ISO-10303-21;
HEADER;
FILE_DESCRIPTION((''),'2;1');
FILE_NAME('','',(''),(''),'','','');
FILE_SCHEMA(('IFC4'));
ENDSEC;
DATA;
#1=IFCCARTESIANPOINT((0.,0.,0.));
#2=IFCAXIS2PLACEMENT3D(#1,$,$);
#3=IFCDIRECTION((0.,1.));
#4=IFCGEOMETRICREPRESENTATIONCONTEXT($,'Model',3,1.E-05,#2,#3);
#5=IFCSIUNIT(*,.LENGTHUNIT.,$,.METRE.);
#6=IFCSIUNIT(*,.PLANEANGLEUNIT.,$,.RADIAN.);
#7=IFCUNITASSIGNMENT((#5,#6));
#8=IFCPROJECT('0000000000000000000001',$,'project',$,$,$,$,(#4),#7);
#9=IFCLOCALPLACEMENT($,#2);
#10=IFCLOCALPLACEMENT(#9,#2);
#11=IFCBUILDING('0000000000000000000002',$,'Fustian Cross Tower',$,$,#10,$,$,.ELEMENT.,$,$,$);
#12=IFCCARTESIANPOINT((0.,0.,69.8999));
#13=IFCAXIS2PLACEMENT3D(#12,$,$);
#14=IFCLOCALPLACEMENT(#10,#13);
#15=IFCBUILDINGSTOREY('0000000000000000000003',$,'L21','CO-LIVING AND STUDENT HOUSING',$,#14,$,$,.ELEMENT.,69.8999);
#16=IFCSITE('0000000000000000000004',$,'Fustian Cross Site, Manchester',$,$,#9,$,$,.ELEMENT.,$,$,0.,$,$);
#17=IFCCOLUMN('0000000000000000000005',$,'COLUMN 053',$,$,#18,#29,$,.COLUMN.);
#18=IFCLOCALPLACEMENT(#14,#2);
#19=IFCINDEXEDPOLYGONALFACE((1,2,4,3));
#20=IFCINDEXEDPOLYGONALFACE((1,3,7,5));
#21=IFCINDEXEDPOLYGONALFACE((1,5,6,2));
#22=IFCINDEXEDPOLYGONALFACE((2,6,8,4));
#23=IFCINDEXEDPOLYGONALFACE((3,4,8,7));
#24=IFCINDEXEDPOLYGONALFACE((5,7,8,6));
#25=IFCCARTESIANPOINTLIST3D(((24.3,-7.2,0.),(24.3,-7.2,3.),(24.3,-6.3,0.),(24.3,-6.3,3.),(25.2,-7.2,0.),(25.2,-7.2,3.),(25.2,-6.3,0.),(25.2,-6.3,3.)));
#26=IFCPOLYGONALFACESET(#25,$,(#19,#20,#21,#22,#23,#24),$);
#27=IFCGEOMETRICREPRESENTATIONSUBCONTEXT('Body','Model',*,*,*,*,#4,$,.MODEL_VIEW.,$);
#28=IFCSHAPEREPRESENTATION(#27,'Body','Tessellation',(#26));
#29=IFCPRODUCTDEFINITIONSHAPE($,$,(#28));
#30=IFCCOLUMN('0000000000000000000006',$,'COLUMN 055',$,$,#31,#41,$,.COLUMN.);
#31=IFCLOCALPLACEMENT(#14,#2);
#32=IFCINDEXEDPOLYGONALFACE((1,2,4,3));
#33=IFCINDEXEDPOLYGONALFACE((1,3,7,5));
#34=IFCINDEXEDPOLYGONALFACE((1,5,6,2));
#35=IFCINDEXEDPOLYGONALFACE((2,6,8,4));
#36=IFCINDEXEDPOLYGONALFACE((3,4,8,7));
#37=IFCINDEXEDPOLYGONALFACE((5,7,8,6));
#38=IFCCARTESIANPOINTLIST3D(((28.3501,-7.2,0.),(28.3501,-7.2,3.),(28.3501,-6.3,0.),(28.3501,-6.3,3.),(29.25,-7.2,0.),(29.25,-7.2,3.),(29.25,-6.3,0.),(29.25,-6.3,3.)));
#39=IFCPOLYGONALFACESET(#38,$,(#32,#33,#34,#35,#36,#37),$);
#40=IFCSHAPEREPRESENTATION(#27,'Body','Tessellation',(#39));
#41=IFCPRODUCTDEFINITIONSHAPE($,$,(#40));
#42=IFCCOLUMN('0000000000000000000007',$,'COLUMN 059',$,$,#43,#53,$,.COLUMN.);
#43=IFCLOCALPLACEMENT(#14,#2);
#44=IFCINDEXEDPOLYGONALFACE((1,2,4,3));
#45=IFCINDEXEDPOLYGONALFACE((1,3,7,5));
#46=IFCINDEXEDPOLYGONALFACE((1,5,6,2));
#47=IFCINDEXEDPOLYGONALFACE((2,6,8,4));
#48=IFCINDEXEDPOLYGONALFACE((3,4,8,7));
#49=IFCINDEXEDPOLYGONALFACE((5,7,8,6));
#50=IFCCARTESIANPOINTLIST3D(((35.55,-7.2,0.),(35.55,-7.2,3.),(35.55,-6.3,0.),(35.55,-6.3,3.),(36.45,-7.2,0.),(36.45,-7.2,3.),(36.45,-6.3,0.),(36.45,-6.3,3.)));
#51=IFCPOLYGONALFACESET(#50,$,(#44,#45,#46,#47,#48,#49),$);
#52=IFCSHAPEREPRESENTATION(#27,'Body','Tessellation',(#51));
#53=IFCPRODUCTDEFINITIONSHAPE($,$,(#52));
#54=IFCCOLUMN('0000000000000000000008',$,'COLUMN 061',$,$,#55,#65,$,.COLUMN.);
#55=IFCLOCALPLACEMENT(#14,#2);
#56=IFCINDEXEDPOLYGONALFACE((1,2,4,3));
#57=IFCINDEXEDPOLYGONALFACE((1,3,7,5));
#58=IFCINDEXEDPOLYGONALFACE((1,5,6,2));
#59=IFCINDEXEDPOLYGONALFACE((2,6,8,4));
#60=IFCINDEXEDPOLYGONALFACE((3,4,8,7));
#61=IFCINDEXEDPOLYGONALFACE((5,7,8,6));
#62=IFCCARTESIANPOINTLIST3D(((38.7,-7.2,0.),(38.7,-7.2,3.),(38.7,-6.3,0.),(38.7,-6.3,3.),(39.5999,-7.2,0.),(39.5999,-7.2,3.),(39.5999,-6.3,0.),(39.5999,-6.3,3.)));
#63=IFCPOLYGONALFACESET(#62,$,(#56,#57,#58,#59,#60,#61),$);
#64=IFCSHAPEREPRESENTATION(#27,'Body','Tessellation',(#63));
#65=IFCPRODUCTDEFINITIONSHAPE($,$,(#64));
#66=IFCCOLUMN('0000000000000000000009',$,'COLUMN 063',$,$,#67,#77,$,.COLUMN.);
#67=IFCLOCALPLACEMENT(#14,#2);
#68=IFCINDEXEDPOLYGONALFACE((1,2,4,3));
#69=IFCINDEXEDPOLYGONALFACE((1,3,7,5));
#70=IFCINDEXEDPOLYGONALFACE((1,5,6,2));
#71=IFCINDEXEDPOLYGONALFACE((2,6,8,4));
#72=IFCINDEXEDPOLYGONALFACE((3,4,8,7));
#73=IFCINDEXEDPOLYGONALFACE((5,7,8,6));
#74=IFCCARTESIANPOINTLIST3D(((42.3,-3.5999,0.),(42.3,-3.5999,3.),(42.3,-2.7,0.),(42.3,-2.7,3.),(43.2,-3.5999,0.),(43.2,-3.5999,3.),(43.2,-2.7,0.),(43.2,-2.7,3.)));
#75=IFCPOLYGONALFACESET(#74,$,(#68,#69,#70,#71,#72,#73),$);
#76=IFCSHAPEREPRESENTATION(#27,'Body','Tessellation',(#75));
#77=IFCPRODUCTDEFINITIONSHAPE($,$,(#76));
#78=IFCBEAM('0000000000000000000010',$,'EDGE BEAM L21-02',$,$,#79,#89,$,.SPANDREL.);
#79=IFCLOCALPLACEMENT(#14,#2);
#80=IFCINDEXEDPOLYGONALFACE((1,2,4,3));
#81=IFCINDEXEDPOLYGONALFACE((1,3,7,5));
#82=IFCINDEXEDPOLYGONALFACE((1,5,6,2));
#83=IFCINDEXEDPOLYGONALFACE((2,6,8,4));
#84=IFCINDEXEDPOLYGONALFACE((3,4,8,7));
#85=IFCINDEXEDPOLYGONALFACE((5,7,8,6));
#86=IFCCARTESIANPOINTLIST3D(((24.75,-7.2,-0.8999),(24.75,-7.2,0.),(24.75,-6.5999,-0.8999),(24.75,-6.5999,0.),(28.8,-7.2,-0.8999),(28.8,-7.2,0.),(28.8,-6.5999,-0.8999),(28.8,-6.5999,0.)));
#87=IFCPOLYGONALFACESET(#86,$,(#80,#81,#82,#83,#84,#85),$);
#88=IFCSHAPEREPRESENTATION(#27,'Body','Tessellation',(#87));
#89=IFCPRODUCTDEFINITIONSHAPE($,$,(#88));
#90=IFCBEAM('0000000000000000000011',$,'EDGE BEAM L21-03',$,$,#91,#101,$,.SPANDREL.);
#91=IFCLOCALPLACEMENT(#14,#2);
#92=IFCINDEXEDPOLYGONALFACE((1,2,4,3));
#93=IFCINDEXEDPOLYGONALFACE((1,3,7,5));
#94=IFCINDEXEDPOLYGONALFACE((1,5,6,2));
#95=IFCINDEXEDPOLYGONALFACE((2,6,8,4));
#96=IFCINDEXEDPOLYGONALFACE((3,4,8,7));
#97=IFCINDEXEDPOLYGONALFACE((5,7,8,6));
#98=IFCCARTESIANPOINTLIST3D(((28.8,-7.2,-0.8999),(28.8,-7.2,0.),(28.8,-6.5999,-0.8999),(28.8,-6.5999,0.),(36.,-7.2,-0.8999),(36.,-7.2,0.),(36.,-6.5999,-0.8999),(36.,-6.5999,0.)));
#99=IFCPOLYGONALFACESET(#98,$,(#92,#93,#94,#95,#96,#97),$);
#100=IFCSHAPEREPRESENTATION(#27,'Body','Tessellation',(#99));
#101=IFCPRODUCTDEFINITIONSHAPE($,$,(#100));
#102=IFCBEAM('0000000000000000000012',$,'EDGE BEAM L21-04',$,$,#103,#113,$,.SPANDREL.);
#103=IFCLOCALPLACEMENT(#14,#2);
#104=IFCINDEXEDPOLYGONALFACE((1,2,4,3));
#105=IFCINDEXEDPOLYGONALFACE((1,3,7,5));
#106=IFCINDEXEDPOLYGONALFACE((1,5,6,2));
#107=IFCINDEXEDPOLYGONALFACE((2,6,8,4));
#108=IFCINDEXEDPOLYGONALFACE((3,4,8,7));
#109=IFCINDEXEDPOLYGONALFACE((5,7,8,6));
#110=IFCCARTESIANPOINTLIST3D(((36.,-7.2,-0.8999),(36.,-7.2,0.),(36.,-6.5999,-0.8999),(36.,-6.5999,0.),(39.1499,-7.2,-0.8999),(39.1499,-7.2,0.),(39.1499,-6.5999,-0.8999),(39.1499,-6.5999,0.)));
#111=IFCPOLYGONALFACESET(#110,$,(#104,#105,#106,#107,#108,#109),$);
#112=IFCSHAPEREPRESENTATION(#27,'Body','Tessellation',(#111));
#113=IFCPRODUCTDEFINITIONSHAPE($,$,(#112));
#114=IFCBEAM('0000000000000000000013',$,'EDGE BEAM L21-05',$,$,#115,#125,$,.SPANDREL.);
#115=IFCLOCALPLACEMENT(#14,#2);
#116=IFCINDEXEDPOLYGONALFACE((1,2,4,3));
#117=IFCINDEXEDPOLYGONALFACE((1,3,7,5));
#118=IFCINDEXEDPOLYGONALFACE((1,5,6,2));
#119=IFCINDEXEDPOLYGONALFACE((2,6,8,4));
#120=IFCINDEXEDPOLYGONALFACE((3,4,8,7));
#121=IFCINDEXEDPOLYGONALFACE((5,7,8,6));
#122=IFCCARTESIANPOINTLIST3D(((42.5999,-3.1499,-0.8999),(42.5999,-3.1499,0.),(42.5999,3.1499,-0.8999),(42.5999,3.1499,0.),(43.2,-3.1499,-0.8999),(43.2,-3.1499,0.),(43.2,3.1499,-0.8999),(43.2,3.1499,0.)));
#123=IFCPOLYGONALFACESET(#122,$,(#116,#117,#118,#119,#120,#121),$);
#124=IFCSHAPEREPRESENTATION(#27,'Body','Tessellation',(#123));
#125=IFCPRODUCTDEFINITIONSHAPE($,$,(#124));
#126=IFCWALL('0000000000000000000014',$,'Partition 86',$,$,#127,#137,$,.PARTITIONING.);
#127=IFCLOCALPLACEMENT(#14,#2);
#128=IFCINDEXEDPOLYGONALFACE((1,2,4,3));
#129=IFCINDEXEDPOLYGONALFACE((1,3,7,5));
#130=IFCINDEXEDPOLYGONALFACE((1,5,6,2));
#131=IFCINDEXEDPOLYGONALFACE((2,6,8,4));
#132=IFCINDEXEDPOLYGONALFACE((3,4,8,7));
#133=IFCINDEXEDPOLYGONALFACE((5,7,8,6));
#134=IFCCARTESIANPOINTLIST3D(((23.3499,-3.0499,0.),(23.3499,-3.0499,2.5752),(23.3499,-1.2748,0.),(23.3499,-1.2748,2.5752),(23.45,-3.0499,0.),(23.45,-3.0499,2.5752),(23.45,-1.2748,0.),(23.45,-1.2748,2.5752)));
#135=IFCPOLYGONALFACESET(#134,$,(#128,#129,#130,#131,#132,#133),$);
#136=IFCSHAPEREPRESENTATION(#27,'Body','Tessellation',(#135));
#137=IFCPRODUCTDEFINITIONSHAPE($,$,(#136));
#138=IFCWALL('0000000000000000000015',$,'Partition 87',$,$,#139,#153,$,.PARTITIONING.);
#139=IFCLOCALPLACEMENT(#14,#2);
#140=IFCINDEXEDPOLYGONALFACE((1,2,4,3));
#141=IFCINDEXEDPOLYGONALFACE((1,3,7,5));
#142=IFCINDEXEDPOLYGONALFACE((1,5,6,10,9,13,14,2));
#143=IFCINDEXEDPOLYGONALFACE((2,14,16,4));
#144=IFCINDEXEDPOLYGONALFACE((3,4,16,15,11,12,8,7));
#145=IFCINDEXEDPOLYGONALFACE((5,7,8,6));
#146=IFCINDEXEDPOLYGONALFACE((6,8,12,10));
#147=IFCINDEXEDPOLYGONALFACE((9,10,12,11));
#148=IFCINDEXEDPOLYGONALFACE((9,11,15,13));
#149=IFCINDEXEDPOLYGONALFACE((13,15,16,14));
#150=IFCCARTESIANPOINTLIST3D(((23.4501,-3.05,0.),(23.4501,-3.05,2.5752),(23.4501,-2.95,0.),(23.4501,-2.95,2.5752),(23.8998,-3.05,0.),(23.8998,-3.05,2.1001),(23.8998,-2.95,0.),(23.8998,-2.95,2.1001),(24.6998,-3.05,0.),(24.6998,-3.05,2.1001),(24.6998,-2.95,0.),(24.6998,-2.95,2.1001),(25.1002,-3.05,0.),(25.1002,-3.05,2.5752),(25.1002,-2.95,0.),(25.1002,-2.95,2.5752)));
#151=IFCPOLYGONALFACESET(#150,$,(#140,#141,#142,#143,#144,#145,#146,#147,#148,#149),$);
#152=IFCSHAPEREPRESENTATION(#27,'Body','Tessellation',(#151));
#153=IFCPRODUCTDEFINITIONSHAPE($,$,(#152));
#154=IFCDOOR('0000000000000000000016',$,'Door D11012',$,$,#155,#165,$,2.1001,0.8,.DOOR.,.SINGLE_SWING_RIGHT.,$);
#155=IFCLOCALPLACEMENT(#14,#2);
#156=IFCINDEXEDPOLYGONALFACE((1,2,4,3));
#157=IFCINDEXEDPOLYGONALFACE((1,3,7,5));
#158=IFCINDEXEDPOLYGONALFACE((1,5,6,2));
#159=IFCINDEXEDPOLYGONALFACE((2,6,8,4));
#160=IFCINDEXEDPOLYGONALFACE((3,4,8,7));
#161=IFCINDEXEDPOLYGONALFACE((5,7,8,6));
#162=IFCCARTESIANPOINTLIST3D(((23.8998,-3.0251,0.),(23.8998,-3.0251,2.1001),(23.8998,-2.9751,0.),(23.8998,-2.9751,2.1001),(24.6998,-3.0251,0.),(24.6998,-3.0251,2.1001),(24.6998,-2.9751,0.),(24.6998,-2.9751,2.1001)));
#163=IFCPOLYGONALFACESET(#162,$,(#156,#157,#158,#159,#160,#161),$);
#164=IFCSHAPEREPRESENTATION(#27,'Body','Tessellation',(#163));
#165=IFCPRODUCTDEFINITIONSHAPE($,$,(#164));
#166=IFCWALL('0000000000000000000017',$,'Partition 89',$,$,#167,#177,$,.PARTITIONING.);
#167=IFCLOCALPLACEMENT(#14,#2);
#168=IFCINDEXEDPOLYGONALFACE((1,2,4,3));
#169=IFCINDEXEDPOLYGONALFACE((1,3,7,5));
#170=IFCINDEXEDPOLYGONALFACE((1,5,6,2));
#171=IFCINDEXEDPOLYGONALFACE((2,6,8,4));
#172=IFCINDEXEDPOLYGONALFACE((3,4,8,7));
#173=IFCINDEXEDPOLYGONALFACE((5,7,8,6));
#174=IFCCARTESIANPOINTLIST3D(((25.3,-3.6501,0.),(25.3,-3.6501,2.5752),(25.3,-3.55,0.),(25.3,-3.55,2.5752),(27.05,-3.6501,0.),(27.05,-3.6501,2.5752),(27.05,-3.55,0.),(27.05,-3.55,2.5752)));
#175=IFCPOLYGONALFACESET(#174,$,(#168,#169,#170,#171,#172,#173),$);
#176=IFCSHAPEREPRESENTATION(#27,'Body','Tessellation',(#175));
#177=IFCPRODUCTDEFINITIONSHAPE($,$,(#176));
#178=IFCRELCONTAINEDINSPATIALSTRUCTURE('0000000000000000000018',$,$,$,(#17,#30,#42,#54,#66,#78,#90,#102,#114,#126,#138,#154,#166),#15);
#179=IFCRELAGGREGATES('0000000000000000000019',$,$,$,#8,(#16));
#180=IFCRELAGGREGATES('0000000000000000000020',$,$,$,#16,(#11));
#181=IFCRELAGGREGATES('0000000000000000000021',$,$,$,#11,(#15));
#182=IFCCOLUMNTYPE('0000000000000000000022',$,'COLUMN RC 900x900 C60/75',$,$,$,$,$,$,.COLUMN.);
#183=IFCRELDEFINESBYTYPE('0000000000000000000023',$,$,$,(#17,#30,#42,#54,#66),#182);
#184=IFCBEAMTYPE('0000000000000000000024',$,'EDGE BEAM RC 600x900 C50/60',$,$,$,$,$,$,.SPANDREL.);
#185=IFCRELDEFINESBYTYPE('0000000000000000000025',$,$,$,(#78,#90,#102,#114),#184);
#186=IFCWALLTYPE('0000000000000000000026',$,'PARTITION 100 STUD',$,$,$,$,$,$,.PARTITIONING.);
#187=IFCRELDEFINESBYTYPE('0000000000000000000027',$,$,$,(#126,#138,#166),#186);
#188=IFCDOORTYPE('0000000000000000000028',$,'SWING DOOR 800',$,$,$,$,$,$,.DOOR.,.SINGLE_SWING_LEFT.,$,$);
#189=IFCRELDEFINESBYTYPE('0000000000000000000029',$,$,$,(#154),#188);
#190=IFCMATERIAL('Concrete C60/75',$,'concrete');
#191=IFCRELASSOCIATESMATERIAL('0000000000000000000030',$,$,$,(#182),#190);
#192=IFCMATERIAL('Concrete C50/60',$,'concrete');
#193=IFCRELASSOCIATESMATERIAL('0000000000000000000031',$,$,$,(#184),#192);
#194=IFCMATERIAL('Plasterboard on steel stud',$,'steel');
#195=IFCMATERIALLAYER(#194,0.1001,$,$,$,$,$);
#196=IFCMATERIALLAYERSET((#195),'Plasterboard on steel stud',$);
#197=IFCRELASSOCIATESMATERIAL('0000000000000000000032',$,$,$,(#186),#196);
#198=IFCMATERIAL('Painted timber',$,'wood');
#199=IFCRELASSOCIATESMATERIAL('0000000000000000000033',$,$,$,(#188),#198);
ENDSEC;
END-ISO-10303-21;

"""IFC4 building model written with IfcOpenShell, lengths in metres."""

from ifc_helpers import new_model, si_unit, direction, frame, frame_2d, origin, origin_2d, place, context, subcontext, project, spatial, rectangle, extrude, material, layer, layer_set, material_profile, profile_set, type_object, element, fill, save


model = new_model("IFC4")

# Units and contexts
model_context = context("Model", 3, precision=1e-05, world=origin(), true_north=direction((0.0, 1.0)))
body_context = subcontext(model_context, "Body", "Model", "MODEL_VIEW")
ifc_project = project(units=[si_unit("LENGTHUNIT", "METRE"), si_unit("PLANEANGLEUNIT", "RADIAN")], contexts=[model_context])

# Site, building, storey
site_placement = place(None, origin())
site = spatial("IfcSite", under=ifc_project, at=site_placement, Name="Fustian Cross Site, Manchester", CompositionType="ELEMENT", RefElevation=0.0)
building_placement = place(site_placement, origin())
building = spatial("IfcBuilding", under=site, at=building_placement, Name="Fustian Cross Tower", CompositionType="ELEMENT")
storey_placement = place(building_placement, frame((0.0, 0.0, 69.8999)))
storey = spatial("IfcBuildingStorey", under=building, at=storey_placement, Name="L21", Description="CO-LIVING AND STUDENT HOUSING", CompositionType="ELEMENT", Elevation=69.8999)

# Columns
ifc_material_1 = material(Name="Concrete C60/75", Category="concrete")
ifc_material_profile_1 = material_profile(ifc_material_1, rectangle(XDim=0.8999, YDim=0.8999, at=origin_2d()), Name="RC 900x900")
ifc_profile_set_1 = profile_set([ifc_material_profile_1], Name="Concrete C60/75")
column_type = type_object("IfcColumnType", Name="COLUMN RC 900x900 C60/75", PredefinedType="COLUMN", material=ifc_profile_set_1)
for number, where, z_axis, x_axis, name in (
    (1, (24.75, -6.75, 0.0), (0.0, 0.0, 1.0), (1.0, 0.0, 0.0), "COLUMN 053"),
    (2, (28.8, -6.75, 0.0), (0.0, 0.0, 1.0), (1.0, 0.0, 0.0), "COLUMN 055"),
    (3, (36.0, -6.75, 0.0), (0.0, 0.0, 1.0), (1.0, 0.0, 0.0), "COLUMN 059"),
    (4, (39.1499, -6.75, 0.0), (0.0, 0.0, 1.0), (1.0, 0.0, 0.0), "COLUMN 061"),
    (5, (42.75, -3.1499, 0.0), (0.0, 0.0, 1.0), (1.0, 0.0, 0.0), "COLUMN 063"),
):
    element("IfcColumn", number, at=place(storey_placement, frame(where, z_axis=z_axis, x_axis=x_axis)), inside=storey, type_object=column_type, Name=name, PredefinedType="COLUMN", context=body_context, shape_type="SweptSolid", body=[
        extrude(rectangle(XDim=0.8999, YDim=0.8999, at=origin_2d()), origin(), (0.0, 0.0, 1.0), 3.0),
    ])

# Beams
ifc_material_2 = material(Name="Concrete C50/60", Category="concrete")
ifc_material_profile_2 = material_profile(ifc_material_2, rectangle(XDim=0.6001, YDim=0.8999, at=origin_2d()), Name="RC 600x900")
ifc_profile_set_2 = profile_set([ifc_material_profile_2], Name="Concrete C50/60")
beam_type = type_object("IfcBeamType", Name="EDGE BEAM RC 600x900 C50/60", PredefinedType="SPANDREL", material=ifc_profile_set_2)
beam_1_placement = place(storey_placement, frame((24.75, -6.8999, -0.45), z_axis=(1.0, 0.0, 0.0), x_axis=(0.0, 1.0, 0.0)))
element("IfcBeam", 6, at=beam_1_placement, inside=storey, type_object=beam_type, Name="EDGE BEAM L21-02", PredefinedType="SPANDREL", context=body_context, shape_type="SweptSolid", body=[
    extrude(rectangle(XDim=0.6001, YDim=0.8999, at=origin_2d()), origin(), (0.0, 0.0, 1.0), 4.05),
])
beam_2_placement = place(storey_placement, frame((28.8, -6.8999, -0.45), z_axis=(1.0, 0.0, 0.0), x_axis=(0.0, 1.0, 0.0)))
element("IfcBeam", 7, at=beam_2_placement, inside=storey, type_object=beam_type, Name="EDGE BEAM L21-03", PredefinedType="SPANDREL", context=body_context, shape_type="SweptSolid", body=[
    extrude(rectangle(XDim=0.6001, YDim=0.8999, at=origin_2d()), origin(), (0.0, 0.0, 1.0), 7.2),
])
beam_3_placement = place(storey_placement, frame((36.0, -6.8999, -0.45), z_axis=(1.0, 0.0, 0.0), x_axis=(0.0, 1.0, 0.0)))
element("IfcBeam", 8, at=beam_3_placement, inside=storey, type_object=beam_type, Name="EDGE BEAM L21-04", PredefinedType="SPANDREL", context=body_context, shape_type="SweptSolid", body=[
    extrude(rectangle(XDim=0.6001, YDim=0.8999, at=origin_2d()), origin(), (0.0, 0.0, 1.0), 3.1499),
])
beam_4_placement = place(storey_placement, frame((42.8999, -3.1499, -0.45), z_axis=(0.0, 1.0, 0.0), x_axis=(-1.0, 0.0, 0.0)))
element("IfcBeam", 9, at=beam_4_placement, inside=storey, type_object=beam_type, Name="EDGE BEAM L21-05", PredefinedType="SPANDREL", context=body_context, shape_type="SweptSolid", body=[
    extrude(rectangle(XDim=0.6001, YDim=0.8999, at=origin_2d()), origin(), (0.0, 0.0, 1.0), 6.2998),
])

# Wall
ifc_material_3 = material(Name="Plasterboard on steel stud", Category="steel")
ifc_layer_1 = layer(ifc_material_3, 0.1001)
ifc_layer_set_1 = layer_set([ifc_layer_1], Name="Plasterboard on steel stud")
wall_type_1 = type_object("IfcWallType", Name="PARTITION 100 STUD", PredefinedType="PARTITIONING", material=ifc_layer_set_1)
wall_1_placement = place(storey_placement, frame((23.3999, -3.05, 0.0), z_axis=(0.0, 0.0, 1.0), x_axis=(0.0, 1.0, 0.0)))
element("IfcWall", 10, at=wall_1_placement, inside=storey, type_object=wall_type_1, Name="Partition 86", PredefinedType="PARTITIONING", context=body_context, shape_type="SweptSolid", body=[
    extrude(rectangle(XDim=1.7751, YDim=0.1001, at=frame_2d((0.8877, 0.0))), origin(), (0.0, 0.0, 1.0), 2.5752),
])

# Wall, opening, door
wall_2_placement = place(storey_placement, frame((23.45, -3.0, 0.0), z_axis=(0.0, 0.0, 1.0), x_axis=(1.0, 0.0, 0.0)))
wall_2 = element("IfcWall", 11, at=wall_2_placement, inside=storey, type_object=wall_type_1, Name="Partition 87", PredefinedType="PARTITIONING", context=body_context, shape_type="SweptSolid", body=[
    extrude(rectangle(XDim=1.6501, YDim=0.1001, at=frame_2d((0.8252, 0.0))), origin(), (0.0, 0.0, 1.0), 2.5752),
])
opening_1_placement = place(wall_2_placement, frame((0.45, 0.0, 0.0)))
opening_1 = element("IfcOpeningElement", 12, at=opening_1_placement, cuts=wall_2, PredefinedType="OPENING", context=body_context, shape_type="SweptSolid", body=[
    extrude(rectangle(XDim=0.8, YDim=2.1001, at=frame_2d((0.3999, 1.05))), frame((0.0, 0.0601, 0.0), z_axis=(0.0, -1.0, 0.0), x_axis=(1.0, 0.0, 0.0)), (0.0, 0.0, 1.0), 0.1201),
])
ifc_material_4 = material(Name="Painted timber", Category="wood")
door_type = type_object("IfcDoorType", Name="SWING DOOR 800", OperationType="SINGLE_SWING_LEFT", PredefinedType="DOOR", material=ifc_material_4)
door_1_placement = place(opening_1_placement, origin())
door_1 = element("IfcDoor", 13, at=door_1_placement, inside=storey, type_object=door_type, Name="Door D11012", OperationType="SINGLE_SWING_RIGHT", OverallHeight=2.1001, OverallWidth=0.8, PredefinedType="DOOR", context=body_context, shape_type="SweptSolid", body=[
    extrude(rectangle(XDim=0.8, YDim=2.1001, at=frame_2d((0.3999, 1.05))), frame((0.0, 0.0249, 0.0), z_axis=(0.0, -1.0, 0.0), x_axis=(1.0, 0.0, 0.0)), (0.0, 0.0, 1.0), 0.05),
])
fill(opening_1, door_1)

# Wall
wall_3_placement = place(storey_placement, frame((25.3, -3.6001, 0.0), z_axis=(0.0, 0.0, 1.0), x_axis=(1.0, 0.0, 0.0)))
element("IfcWall", 14, at=wall_3_placement, inside=storey, type_object=wall_type_1, Name="Partition 89", PredefinedType="PARTITIONING", context=body_context, shape_type="SweptSolid", body=[
    extrude(rectangle(XDim=1.75, YDim=0.1001, at=frame_2d((0.875, 0.0))), origin(), (0.0, 0.0, 1.0), 2.5752),
])

save(model, "model.ifc")
